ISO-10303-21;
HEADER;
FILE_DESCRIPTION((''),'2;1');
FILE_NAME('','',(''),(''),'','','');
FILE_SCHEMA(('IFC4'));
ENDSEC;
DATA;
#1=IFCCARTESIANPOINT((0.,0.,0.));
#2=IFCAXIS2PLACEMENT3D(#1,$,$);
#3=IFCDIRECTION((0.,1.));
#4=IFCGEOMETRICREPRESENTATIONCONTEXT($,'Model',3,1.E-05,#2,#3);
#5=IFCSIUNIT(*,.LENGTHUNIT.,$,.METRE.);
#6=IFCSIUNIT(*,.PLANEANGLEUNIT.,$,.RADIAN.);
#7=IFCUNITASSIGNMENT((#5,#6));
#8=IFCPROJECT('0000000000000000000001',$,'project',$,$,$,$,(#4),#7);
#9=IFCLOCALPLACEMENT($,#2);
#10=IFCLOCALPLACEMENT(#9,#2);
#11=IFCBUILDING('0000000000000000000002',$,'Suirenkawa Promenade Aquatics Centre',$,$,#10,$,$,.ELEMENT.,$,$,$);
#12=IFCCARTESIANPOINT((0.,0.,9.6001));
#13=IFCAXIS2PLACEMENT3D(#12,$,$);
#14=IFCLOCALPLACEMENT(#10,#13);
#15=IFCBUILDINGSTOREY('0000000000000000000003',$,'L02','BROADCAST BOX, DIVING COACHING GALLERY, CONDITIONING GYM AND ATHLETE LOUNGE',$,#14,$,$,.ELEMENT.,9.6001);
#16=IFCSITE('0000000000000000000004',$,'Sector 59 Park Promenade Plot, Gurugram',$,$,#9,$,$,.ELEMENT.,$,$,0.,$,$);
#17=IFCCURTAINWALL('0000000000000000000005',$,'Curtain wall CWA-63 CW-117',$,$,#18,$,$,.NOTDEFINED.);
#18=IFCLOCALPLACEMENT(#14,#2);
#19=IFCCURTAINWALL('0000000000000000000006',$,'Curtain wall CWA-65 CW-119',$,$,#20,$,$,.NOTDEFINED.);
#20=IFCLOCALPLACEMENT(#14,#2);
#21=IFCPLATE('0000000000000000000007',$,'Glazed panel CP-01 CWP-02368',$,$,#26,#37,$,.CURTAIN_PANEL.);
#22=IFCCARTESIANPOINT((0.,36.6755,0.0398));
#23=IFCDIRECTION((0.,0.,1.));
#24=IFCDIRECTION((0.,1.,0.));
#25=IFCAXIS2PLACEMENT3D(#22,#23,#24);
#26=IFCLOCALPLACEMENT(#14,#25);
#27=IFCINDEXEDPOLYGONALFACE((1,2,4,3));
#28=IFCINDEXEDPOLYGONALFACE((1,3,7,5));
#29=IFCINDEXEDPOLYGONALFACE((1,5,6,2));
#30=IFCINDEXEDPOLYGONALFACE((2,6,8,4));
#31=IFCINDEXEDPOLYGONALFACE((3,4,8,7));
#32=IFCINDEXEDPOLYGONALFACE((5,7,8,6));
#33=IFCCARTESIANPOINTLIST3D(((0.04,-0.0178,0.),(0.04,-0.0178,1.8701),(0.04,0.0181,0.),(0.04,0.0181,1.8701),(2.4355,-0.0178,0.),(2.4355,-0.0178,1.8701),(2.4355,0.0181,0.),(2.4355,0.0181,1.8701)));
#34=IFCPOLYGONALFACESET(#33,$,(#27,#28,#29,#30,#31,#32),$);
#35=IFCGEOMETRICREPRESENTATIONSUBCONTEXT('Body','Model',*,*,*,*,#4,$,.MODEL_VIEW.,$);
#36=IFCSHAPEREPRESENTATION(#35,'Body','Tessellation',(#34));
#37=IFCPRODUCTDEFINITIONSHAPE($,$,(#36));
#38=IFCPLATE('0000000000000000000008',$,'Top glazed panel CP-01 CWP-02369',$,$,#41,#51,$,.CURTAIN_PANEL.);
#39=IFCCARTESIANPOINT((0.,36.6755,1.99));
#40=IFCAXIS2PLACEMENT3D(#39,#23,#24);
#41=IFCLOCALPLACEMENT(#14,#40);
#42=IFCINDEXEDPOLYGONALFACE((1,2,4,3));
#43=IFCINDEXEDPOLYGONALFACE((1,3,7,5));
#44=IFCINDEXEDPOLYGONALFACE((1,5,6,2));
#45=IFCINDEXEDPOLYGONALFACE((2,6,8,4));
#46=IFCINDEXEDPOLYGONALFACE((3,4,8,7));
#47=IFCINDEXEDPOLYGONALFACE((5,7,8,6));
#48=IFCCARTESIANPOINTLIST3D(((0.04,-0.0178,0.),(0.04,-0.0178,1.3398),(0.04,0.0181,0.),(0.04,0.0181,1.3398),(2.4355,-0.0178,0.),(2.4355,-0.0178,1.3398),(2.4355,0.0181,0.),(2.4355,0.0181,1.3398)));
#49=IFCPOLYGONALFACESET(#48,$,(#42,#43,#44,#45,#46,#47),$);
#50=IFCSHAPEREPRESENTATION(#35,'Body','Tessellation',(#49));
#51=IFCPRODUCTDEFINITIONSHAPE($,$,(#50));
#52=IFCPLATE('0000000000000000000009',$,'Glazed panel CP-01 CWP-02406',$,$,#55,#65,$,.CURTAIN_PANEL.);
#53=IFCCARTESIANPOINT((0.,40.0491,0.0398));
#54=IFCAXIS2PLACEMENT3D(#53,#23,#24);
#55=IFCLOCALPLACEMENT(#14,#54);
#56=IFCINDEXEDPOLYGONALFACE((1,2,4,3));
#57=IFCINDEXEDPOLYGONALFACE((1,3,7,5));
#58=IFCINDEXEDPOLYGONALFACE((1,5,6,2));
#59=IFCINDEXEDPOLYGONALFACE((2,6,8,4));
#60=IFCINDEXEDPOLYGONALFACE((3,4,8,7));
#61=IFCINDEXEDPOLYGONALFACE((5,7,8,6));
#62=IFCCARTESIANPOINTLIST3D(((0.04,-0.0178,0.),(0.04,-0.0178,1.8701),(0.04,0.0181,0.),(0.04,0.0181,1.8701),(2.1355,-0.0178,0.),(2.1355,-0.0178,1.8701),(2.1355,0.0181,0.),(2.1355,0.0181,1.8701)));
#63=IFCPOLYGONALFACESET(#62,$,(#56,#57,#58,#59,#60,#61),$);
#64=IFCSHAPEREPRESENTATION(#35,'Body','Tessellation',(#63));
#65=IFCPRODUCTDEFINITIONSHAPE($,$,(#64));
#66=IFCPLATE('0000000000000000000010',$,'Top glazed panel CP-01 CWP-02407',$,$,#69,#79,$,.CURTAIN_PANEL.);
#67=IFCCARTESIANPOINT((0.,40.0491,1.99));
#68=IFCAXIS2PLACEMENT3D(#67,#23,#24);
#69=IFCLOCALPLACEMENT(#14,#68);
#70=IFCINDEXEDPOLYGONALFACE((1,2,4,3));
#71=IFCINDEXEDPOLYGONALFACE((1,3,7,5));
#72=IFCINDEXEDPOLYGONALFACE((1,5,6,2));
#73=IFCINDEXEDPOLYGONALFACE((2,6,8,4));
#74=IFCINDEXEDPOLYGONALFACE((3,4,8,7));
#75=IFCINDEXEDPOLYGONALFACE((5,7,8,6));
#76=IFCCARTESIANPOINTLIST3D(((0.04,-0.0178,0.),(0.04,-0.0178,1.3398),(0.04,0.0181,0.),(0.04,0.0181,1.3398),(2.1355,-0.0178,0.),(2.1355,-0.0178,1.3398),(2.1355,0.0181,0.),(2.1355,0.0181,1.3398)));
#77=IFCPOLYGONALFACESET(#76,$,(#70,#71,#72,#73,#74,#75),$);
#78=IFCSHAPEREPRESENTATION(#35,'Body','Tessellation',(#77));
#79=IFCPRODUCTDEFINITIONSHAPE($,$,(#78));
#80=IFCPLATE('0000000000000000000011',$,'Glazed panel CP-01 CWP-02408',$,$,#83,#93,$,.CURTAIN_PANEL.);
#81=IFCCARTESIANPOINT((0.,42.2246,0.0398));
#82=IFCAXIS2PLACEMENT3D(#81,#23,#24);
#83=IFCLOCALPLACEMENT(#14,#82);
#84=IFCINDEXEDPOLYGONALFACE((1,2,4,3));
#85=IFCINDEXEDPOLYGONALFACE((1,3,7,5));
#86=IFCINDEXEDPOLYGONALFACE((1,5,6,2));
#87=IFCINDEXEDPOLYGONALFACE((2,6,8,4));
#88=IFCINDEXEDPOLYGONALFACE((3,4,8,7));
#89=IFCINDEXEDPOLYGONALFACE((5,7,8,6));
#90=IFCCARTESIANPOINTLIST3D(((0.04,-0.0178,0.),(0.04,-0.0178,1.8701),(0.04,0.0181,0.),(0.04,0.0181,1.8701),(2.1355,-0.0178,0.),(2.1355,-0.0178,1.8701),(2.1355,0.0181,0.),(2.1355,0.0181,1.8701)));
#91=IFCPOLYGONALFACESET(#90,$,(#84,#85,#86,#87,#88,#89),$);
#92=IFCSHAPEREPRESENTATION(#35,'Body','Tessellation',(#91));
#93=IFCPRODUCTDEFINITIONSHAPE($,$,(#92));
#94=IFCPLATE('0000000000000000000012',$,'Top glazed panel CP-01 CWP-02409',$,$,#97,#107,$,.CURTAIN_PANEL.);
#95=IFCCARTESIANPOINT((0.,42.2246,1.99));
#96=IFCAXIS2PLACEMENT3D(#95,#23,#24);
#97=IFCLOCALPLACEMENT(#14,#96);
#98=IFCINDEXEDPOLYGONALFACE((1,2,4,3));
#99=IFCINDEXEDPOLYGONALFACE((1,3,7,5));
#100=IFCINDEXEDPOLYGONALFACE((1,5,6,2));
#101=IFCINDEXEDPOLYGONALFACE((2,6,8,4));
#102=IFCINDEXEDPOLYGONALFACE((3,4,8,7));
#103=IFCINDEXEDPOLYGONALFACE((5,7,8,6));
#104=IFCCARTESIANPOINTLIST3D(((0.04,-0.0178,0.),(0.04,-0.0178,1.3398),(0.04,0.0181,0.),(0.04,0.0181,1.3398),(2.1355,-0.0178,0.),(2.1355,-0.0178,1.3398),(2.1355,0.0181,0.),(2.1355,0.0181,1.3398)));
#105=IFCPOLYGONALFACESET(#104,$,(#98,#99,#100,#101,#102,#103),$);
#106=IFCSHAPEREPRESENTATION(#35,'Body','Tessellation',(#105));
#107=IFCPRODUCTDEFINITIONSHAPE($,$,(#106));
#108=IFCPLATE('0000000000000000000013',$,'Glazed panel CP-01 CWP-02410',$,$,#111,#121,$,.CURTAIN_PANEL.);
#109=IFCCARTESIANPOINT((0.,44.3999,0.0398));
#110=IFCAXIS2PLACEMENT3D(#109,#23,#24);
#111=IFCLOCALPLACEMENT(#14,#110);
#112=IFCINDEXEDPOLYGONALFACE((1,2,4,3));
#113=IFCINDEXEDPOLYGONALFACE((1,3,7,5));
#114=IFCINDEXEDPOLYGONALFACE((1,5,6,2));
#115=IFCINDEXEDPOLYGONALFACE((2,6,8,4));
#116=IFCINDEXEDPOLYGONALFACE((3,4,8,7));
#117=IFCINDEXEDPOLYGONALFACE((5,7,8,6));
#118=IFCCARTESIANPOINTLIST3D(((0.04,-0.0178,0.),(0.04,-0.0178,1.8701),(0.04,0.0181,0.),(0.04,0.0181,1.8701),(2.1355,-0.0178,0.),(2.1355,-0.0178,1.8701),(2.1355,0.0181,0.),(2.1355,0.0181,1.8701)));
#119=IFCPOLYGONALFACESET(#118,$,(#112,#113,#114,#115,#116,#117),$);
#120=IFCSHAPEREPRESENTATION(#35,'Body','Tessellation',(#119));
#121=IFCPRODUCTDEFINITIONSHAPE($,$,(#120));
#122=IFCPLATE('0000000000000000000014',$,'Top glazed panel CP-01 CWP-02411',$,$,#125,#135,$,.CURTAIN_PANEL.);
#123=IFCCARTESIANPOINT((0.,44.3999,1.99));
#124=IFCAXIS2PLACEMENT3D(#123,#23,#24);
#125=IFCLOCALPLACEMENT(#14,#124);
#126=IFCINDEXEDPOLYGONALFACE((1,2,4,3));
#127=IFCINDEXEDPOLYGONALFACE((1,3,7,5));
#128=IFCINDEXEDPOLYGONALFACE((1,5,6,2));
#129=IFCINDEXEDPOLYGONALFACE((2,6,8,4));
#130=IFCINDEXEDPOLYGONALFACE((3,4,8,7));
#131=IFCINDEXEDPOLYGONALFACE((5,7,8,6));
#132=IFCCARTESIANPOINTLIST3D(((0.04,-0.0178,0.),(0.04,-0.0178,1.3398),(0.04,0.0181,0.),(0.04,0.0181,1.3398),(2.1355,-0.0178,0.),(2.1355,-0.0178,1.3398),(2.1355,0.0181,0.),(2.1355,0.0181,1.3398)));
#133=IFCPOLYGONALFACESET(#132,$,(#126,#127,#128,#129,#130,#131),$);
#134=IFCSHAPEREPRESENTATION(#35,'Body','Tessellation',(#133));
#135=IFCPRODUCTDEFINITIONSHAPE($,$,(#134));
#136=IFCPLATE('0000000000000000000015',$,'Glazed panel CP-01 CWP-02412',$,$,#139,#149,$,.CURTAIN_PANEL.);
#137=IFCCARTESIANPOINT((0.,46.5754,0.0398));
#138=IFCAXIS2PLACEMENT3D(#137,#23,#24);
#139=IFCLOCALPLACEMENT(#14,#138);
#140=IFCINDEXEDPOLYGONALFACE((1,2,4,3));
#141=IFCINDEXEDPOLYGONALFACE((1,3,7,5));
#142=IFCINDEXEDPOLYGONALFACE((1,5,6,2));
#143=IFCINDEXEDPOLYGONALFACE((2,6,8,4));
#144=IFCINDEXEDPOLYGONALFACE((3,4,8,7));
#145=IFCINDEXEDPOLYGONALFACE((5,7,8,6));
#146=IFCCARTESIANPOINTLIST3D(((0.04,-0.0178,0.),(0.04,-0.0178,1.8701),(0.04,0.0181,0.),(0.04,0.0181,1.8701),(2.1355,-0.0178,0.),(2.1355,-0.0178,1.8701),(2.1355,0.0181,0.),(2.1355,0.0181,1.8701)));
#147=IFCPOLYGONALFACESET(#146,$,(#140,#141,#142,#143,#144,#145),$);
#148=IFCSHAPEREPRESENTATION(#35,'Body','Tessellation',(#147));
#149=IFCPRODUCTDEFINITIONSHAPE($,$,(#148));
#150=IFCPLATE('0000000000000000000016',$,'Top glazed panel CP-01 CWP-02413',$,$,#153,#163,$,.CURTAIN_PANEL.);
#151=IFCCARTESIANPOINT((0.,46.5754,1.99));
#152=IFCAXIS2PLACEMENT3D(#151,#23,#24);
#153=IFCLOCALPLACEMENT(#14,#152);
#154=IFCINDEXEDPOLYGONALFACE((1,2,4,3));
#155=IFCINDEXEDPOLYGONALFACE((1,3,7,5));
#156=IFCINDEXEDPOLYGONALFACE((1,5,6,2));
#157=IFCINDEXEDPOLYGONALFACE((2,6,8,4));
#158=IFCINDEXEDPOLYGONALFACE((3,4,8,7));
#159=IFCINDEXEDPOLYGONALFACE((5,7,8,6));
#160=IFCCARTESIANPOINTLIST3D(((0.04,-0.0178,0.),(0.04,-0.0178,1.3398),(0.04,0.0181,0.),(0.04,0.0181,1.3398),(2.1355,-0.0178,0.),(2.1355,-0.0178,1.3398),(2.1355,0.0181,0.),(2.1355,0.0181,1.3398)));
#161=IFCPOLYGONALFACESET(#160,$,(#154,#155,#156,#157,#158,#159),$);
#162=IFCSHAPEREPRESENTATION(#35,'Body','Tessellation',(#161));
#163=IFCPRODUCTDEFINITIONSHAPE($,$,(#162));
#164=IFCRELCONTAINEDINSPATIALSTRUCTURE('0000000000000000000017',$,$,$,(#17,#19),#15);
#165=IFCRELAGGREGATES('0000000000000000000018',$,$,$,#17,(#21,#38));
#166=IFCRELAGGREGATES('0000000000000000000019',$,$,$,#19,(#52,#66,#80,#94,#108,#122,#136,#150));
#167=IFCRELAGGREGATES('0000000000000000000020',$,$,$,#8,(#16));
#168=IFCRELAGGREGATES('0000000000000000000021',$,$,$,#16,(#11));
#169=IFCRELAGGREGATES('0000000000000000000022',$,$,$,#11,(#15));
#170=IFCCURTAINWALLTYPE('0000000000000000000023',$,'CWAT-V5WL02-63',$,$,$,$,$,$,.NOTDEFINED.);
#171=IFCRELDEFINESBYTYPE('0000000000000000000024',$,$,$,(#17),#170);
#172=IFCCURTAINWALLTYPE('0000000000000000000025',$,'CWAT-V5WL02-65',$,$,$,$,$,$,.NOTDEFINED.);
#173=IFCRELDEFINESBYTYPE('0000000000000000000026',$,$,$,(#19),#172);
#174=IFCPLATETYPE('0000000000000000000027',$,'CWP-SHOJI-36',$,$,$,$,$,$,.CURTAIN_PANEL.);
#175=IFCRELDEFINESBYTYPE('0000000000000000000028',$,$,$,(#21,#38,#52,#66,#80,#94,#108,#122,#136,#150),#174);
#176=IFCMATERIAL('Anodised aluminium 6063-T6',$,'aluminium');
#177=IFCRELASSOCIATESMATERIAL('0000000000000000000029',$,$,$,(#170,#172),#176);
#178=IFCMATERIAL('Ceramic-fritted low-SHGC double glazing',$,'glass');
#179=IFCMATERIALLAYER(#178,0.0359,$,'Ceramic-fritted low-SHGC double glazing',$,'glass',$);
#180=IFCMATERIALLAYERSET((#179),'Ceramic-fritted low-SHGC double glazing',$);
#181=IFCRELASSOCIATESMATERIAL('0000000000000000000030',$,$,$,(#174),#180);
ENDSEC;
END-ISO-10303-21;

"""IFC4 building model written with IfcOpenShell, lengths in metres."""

from ifc_helpers import new_model, si_unit, direction, frame, origin, place, context, subcontext, project, spatial, polyline, outline, extrude, material, layer, layer_set, type_object, element, aggregate, save


model = new_model("IFC4")

# Units and contexts
model_context = context("Model", 3, precision=1e-05, world=origin(), true_north=direction((0.0, 1.0)))
body_context = subcontext(model_context, "Body", "Model", "MODEL_VIEW")
ifc_project = project(units=[si_unit("LENGTHUNIT", "METRE"), si_unit("PLANEANGLEUNIT", "RADIAN")], contexts=[model_context])

# Site, building, storey
site_placement = place(None, origin())
site = spatial("IfcSite", under=ifc_project, at=site_placement, Name="Sector 59 Park Promenade Plot, Gurugram", CompositionType="ELEMENT", RefElevation=0.0)
building_placement = place(site_placement, origin())
building = spatial("IfcBuilding", under=site, at=building_placement, Name="Suirenkawa Promenade Aquatics Centre", CompositionType="ELEMENT")
storey_placement = place(building_placement, frame((0.0, 0.0, 9.6001)))
storey = spatial("IfcBuildingStorey", under=building, at=storey_placement, Name="L02", Description="BROADCAST BOX, DIVING COACHING GALLERY, CONDITIONING GYM AND ATHLETE LOUNGE", CompositionType="ELEMENT", Elevation=9.6001)

# Curtain walls
ifc_material_1 = material(Name="Anodised aluminium 6063-T6", Category="aluminium")
curtain_wall_type_1 = type_object("IfcCurtainWallType", Name="CWAT-V5WL02-63", PredefinedType="NOTDEFINED", material=ifc_material_1)
curtain_wall_1_placement = place(storey_placement, origin())
curtain_wall_1 = element("IfcCurtainWall", 1, at=curtain_wall_1_placement, inside=storey, type_object=curtain_wall_type_1, Name="Curtain wall CWA-63 CW-117", PredefinedType="NOTDEFINED")
curtain_wall_type_2 = type_object("IfcCurtainWallType", Name="CWAT-V5WL02-65", PredefinedType="NOTDEFINED", material=ifc_material_1)
curtain_wall_2_placement = place(storey_placement, origin())
curtain_wall_2 = element("IfcCurtainWall", 2, at=curtain_wall_2_placement, inside=storey, type_object=curtain_wall_type_2, Name="Curtain wall CWA-65 CW-119", PredefinedType="NOTDEFINED")

# Plates
ifc_material_2 = material(Name="Ceramic-fritted low-SHGC double glazing", Category="glass")
ifc_layer = layer(ifc_material_2, 0.0359, Name="Ceramic-fritted low-SHGC double glazing", Category="glass")
ifc_layer_set = layer_set([ifc_layer], Name="Ceramic-fritted low-SHGC double glazing")
plate_type = type_object("IfcPlateType", Name="CWP-SHOJI-36", PredefinedType="CURTAIN_PANEL", material=ifc_layer_set)
plate_1_placement = place(storey_placement, frame((0.0, 36.6755, 0.0398), z_axis=(0.0, 0.0, 1.0), x_axis=(0.0, 1.0, 0.0)))
plate_1 = element("IfcPlate", 3, at=plate_1_placement, type_object=plate_type, Name="Glazed panel CP-01 CWP-02368", PredefinedType="CURTAIN_PANEL", context=body_context, shape_type="SweptSolid", body=[
    extrude(outline(polyline([(0.04, 0.0), (2.4355, 0.0), (2.4355, 1.8701), (0.04, 1.8701), (0.04, 0.0)])), frame((0.0, 0.0181, 0.0), z_axis=(0.0, -1.0, 0.0), x_axis=(1.0, 0.0, 0.0)), (0.0, 0.0, 1.0), 0.0359),
])
plate_2_placement = place(storey_placement, frame((0.0, 36.6755, 1.99), z_axis=(0.0, 0.0, 1.0), x_axis=(0.0, 1.0, 0.0)))
plate_2 = element("IfcPlate", 4, at=plate_2_placement, type_object=plate_type, Name="Top glazed panel CP-01 CWP-02369", PredefinedType="CURTAIN_PANEL", context=body_context, shape_type="SweptSolid", body=[
    extrude(outline(polyline([(0.04, 0.0), (2.4355, 0.0), (2.4355, 1.3398), (0.04, 1.3398), (0.04, 0.0)])), frame((0.0, 0.0181, 0.0), z_axis=(0.0, -1.0, 0.0), x_axis=(1.0, 0.0, 0.0)), (0.0, 0.0, 1.0), 0.0359),
])
aggregate(curtain_wall_1, [plate_1, plate_2])
plate_3_placement = place(storey_placement, frame((0.0, 40.0491, 0.0398), z_axis=(0.0, 0.0, 1.0), x_axis=(0.0, 1.0, 0.0)))
plate_3 = element("IfcPlate", 5, at=plate_3_placement, type_object=plate_type, Name="Glazed panel CP-01 CWP-02406", PredefinedType="CURTAIN_PANEL", context=body_context, shape_type="SweptSolid", body=[
    extrude(outline(polyline([(0.04, 0.0), (2.1355, 0.0), (2.1355, 1.8701), (0.04, 1.8701), (0.04, 0.0)])), frame((0.0, 0.0181, 0.0), z_axis=(0.0, -1.0, 0.0), x_axis=(1.0, 0.0, 0.0)), (0.0, 0.0, 1.0), 0.0359),
])
plate_4_placement = place(storey_placement, frame((0.0, 40.0491, 1.99), z_axis=(0.0, 0.0, 1.0), x_axis=(0.0, 1.0, 0.0)))
plate_4 = element("IfcPlate", 6, at=plate_4_placement, type_object=plate_type, Name="Top glazed panel CP-01 CWP-02407", PredefinedType="CURTAIN_PANEL", context=body_context, shape_type="SweptSolid", body=[
    extrude(outline(polyline([(0.04, 0.0), (2.1355, 0.0), (2.1355, 1.3398), (0.04, 1.3398), (0.04, 0.0)])), frame((0.0, 0.0181, 0.0), z_axis=(0.0, -1.0, 0.0), x_axis=(1.0, 0.0, 0.0)), (0.0, 0.0, 1.0), 0.0359),
])
plate_5_placement = place(storey_placement, frame((0.0, 42.2246, 0.0398), z_axis=(0.0, 0.0, 1.0), x_axis=(0.0, 1.0, 0.0)))
plate_5 = element("IfcPlate", 7, at=plate_5_placement, type_object=plate_type, Name="Glazed panel CP-01 CWP-02408", PredefinedType="CURTAIN_PANEL", context=body_context, shape_type="SweptSolid", body=[
    extrude(outline(polyline([(0.04, 0.0), (2.1355, 0.0), (2.1355, 1.8701), (0.04, 1.8701), (0.04, 0.0)])), frame((0.0, 0.0181, 0.0), z_axis=(0.0, -1.0, 0.0), x_axis=(1.0, 0.0, 0.0)), (0.0, 0.0, 1.0), 0.0359),
])
plate_6_placement = place(storey_placement, frame((0.0, 42.2246, 1.99), z_axis=(0.0, 0.0, 1.0), x_axis=(0.0, 1.0, 0.0)))
plate_6 = element("IfcPlate", 8, at=plate_6_placement, type_object=plate_type, Name="Top glazed panel CP-01 CWP-02409", PredefinedType="CURTAIN_PANEL", context=body_context, shape_type="SweptSolid", body=[
    extrude(outline(polyline([(0.04, 0.0), (2.1355, 0.0), (2.1355, 1.3398), (0.04, 1.3398), (0.04, 0.0)])), frame((0.0, 0.0181, 0.0), z_axis=(0.0, -1.0, 0.0), x_axis=(1.0, 0.0, 0.0)), (0.0, 0.0, 1.0), 0.0359),
])
plate_7_placement = place(storey_placement, frame((0.0, 44.3999, 0.0398), z_axis=(0.0, 0.0, 1.0), x_axis=(0.0, 1.0, 0.0)))
plate_7 = element("IfcPlate", 9, at=plate_7_placement, type_object=plate_type, Name="Glazed panel CP-01 CWP-02410", PredefinedType="CURTAIN_PANEL", context=body_context, shape_type="SweptSolid", body=[
    extrude(outline(polyline([(0.04, 0.0), (2.1355, 0.0), (2.1355, 1.8701), (0.04, 1.8701), (0.04, 0.0)])), frame((0.0, 0.0181, 0.0), z_axis=(0.0, -1.0, 0.0), x_axis=(1.0, 0.0, 0.0)), (0.0, 0.0, 1.0), 0.0359),
])
plate_8_placement = place(storey_placement, frame((0.0, 44.3999, 1.99), z_axis=(0.0, 0.0, 1.0), x_axis=(0.0, 1.0, 0.0)))
plate_8 = element("IfcPlate", 10, at=plate_8_placement, type_object=plate_type, Name="Top glazed panel CP-01 CWP-02411", PredefinedType="CURTAIN_PANEL", context=body_context, shape_type="SweptSolid", body=[
    extrude(outline(polyline([(0.04, 0.0), (2.1355, 0.0), (2.1355, 1.3398), (0.04, 1.3398), (0.04, 0.0)])), frame((0.0, 0.0181, 0.0), z_axis=(0.0, -1.0, 0.0), x_axis=(1.0, 0.0, 0.0)), (0.0, 0.0, 1.0), 0.0359),
])
plate_9_placement = place(storey_placement, frame((0.0, 46.5754, 0.0398), z_axis=(0.0, 0.0, 1.0), x_axis=(0.0, 1.0, 0.0)))
plate_9 = element("IfcPlate", 11, at=plate_9_placement, type_object=plate_type, Name="Glazed panel CP-01 CWP-02412", PredefinedType="CURTAIN_PANEL", context=body_context, shape_type="SweptSolid", body=[
    extrude(outline(polyline([(0.04, 0.0), (2.1355, 0.0), (2.1355, 1.8701), (0.04, 1.8701), (0.04, 0.0)])), frame((0.0, 0.0181, 0.0), z_axis=(0.0, -1.0, 0.0), x_axis=(1.0, 0.0, 0.0)), (0.0, 0.0, 1.0), 0.0359),
])
plate_10_placement = place(storey_placement, frame((0.0, 46.5754, 1.99), z_axis=(0.0, 0.0, 1.0), x_axis=(0.0, 1.0, 0.0)))
plate_10 = element("IfcPlate", 12, at=plate_10_placement, type_object=plate_type, Name="Top glazed panel CP-01 CWP-02413", PredefinedType="CURTAIN_PANEL", context=body_context, shape_type="SweptSolid", body=[
    extrude(outline(polyline([(0.04, 0.0), (2.1355, 0.0), (2.1355, 1.3398), (0.04, 1.3398), (0.04, 0.0)])), frame((0.0, 0.0181, 0.0), z_axis=(0.0, -1.0, 0.0), x_axis=(1.0, 0.0, 0.0)), (0.0, 0.0, 1.0), 0.0359),
])
aggregate(curtain_wall_2, [plate_3, plate_4, plate_5, plate_6, plate_7, plate_8, plate_9, plate_10])

save(model, "model.ifc")
